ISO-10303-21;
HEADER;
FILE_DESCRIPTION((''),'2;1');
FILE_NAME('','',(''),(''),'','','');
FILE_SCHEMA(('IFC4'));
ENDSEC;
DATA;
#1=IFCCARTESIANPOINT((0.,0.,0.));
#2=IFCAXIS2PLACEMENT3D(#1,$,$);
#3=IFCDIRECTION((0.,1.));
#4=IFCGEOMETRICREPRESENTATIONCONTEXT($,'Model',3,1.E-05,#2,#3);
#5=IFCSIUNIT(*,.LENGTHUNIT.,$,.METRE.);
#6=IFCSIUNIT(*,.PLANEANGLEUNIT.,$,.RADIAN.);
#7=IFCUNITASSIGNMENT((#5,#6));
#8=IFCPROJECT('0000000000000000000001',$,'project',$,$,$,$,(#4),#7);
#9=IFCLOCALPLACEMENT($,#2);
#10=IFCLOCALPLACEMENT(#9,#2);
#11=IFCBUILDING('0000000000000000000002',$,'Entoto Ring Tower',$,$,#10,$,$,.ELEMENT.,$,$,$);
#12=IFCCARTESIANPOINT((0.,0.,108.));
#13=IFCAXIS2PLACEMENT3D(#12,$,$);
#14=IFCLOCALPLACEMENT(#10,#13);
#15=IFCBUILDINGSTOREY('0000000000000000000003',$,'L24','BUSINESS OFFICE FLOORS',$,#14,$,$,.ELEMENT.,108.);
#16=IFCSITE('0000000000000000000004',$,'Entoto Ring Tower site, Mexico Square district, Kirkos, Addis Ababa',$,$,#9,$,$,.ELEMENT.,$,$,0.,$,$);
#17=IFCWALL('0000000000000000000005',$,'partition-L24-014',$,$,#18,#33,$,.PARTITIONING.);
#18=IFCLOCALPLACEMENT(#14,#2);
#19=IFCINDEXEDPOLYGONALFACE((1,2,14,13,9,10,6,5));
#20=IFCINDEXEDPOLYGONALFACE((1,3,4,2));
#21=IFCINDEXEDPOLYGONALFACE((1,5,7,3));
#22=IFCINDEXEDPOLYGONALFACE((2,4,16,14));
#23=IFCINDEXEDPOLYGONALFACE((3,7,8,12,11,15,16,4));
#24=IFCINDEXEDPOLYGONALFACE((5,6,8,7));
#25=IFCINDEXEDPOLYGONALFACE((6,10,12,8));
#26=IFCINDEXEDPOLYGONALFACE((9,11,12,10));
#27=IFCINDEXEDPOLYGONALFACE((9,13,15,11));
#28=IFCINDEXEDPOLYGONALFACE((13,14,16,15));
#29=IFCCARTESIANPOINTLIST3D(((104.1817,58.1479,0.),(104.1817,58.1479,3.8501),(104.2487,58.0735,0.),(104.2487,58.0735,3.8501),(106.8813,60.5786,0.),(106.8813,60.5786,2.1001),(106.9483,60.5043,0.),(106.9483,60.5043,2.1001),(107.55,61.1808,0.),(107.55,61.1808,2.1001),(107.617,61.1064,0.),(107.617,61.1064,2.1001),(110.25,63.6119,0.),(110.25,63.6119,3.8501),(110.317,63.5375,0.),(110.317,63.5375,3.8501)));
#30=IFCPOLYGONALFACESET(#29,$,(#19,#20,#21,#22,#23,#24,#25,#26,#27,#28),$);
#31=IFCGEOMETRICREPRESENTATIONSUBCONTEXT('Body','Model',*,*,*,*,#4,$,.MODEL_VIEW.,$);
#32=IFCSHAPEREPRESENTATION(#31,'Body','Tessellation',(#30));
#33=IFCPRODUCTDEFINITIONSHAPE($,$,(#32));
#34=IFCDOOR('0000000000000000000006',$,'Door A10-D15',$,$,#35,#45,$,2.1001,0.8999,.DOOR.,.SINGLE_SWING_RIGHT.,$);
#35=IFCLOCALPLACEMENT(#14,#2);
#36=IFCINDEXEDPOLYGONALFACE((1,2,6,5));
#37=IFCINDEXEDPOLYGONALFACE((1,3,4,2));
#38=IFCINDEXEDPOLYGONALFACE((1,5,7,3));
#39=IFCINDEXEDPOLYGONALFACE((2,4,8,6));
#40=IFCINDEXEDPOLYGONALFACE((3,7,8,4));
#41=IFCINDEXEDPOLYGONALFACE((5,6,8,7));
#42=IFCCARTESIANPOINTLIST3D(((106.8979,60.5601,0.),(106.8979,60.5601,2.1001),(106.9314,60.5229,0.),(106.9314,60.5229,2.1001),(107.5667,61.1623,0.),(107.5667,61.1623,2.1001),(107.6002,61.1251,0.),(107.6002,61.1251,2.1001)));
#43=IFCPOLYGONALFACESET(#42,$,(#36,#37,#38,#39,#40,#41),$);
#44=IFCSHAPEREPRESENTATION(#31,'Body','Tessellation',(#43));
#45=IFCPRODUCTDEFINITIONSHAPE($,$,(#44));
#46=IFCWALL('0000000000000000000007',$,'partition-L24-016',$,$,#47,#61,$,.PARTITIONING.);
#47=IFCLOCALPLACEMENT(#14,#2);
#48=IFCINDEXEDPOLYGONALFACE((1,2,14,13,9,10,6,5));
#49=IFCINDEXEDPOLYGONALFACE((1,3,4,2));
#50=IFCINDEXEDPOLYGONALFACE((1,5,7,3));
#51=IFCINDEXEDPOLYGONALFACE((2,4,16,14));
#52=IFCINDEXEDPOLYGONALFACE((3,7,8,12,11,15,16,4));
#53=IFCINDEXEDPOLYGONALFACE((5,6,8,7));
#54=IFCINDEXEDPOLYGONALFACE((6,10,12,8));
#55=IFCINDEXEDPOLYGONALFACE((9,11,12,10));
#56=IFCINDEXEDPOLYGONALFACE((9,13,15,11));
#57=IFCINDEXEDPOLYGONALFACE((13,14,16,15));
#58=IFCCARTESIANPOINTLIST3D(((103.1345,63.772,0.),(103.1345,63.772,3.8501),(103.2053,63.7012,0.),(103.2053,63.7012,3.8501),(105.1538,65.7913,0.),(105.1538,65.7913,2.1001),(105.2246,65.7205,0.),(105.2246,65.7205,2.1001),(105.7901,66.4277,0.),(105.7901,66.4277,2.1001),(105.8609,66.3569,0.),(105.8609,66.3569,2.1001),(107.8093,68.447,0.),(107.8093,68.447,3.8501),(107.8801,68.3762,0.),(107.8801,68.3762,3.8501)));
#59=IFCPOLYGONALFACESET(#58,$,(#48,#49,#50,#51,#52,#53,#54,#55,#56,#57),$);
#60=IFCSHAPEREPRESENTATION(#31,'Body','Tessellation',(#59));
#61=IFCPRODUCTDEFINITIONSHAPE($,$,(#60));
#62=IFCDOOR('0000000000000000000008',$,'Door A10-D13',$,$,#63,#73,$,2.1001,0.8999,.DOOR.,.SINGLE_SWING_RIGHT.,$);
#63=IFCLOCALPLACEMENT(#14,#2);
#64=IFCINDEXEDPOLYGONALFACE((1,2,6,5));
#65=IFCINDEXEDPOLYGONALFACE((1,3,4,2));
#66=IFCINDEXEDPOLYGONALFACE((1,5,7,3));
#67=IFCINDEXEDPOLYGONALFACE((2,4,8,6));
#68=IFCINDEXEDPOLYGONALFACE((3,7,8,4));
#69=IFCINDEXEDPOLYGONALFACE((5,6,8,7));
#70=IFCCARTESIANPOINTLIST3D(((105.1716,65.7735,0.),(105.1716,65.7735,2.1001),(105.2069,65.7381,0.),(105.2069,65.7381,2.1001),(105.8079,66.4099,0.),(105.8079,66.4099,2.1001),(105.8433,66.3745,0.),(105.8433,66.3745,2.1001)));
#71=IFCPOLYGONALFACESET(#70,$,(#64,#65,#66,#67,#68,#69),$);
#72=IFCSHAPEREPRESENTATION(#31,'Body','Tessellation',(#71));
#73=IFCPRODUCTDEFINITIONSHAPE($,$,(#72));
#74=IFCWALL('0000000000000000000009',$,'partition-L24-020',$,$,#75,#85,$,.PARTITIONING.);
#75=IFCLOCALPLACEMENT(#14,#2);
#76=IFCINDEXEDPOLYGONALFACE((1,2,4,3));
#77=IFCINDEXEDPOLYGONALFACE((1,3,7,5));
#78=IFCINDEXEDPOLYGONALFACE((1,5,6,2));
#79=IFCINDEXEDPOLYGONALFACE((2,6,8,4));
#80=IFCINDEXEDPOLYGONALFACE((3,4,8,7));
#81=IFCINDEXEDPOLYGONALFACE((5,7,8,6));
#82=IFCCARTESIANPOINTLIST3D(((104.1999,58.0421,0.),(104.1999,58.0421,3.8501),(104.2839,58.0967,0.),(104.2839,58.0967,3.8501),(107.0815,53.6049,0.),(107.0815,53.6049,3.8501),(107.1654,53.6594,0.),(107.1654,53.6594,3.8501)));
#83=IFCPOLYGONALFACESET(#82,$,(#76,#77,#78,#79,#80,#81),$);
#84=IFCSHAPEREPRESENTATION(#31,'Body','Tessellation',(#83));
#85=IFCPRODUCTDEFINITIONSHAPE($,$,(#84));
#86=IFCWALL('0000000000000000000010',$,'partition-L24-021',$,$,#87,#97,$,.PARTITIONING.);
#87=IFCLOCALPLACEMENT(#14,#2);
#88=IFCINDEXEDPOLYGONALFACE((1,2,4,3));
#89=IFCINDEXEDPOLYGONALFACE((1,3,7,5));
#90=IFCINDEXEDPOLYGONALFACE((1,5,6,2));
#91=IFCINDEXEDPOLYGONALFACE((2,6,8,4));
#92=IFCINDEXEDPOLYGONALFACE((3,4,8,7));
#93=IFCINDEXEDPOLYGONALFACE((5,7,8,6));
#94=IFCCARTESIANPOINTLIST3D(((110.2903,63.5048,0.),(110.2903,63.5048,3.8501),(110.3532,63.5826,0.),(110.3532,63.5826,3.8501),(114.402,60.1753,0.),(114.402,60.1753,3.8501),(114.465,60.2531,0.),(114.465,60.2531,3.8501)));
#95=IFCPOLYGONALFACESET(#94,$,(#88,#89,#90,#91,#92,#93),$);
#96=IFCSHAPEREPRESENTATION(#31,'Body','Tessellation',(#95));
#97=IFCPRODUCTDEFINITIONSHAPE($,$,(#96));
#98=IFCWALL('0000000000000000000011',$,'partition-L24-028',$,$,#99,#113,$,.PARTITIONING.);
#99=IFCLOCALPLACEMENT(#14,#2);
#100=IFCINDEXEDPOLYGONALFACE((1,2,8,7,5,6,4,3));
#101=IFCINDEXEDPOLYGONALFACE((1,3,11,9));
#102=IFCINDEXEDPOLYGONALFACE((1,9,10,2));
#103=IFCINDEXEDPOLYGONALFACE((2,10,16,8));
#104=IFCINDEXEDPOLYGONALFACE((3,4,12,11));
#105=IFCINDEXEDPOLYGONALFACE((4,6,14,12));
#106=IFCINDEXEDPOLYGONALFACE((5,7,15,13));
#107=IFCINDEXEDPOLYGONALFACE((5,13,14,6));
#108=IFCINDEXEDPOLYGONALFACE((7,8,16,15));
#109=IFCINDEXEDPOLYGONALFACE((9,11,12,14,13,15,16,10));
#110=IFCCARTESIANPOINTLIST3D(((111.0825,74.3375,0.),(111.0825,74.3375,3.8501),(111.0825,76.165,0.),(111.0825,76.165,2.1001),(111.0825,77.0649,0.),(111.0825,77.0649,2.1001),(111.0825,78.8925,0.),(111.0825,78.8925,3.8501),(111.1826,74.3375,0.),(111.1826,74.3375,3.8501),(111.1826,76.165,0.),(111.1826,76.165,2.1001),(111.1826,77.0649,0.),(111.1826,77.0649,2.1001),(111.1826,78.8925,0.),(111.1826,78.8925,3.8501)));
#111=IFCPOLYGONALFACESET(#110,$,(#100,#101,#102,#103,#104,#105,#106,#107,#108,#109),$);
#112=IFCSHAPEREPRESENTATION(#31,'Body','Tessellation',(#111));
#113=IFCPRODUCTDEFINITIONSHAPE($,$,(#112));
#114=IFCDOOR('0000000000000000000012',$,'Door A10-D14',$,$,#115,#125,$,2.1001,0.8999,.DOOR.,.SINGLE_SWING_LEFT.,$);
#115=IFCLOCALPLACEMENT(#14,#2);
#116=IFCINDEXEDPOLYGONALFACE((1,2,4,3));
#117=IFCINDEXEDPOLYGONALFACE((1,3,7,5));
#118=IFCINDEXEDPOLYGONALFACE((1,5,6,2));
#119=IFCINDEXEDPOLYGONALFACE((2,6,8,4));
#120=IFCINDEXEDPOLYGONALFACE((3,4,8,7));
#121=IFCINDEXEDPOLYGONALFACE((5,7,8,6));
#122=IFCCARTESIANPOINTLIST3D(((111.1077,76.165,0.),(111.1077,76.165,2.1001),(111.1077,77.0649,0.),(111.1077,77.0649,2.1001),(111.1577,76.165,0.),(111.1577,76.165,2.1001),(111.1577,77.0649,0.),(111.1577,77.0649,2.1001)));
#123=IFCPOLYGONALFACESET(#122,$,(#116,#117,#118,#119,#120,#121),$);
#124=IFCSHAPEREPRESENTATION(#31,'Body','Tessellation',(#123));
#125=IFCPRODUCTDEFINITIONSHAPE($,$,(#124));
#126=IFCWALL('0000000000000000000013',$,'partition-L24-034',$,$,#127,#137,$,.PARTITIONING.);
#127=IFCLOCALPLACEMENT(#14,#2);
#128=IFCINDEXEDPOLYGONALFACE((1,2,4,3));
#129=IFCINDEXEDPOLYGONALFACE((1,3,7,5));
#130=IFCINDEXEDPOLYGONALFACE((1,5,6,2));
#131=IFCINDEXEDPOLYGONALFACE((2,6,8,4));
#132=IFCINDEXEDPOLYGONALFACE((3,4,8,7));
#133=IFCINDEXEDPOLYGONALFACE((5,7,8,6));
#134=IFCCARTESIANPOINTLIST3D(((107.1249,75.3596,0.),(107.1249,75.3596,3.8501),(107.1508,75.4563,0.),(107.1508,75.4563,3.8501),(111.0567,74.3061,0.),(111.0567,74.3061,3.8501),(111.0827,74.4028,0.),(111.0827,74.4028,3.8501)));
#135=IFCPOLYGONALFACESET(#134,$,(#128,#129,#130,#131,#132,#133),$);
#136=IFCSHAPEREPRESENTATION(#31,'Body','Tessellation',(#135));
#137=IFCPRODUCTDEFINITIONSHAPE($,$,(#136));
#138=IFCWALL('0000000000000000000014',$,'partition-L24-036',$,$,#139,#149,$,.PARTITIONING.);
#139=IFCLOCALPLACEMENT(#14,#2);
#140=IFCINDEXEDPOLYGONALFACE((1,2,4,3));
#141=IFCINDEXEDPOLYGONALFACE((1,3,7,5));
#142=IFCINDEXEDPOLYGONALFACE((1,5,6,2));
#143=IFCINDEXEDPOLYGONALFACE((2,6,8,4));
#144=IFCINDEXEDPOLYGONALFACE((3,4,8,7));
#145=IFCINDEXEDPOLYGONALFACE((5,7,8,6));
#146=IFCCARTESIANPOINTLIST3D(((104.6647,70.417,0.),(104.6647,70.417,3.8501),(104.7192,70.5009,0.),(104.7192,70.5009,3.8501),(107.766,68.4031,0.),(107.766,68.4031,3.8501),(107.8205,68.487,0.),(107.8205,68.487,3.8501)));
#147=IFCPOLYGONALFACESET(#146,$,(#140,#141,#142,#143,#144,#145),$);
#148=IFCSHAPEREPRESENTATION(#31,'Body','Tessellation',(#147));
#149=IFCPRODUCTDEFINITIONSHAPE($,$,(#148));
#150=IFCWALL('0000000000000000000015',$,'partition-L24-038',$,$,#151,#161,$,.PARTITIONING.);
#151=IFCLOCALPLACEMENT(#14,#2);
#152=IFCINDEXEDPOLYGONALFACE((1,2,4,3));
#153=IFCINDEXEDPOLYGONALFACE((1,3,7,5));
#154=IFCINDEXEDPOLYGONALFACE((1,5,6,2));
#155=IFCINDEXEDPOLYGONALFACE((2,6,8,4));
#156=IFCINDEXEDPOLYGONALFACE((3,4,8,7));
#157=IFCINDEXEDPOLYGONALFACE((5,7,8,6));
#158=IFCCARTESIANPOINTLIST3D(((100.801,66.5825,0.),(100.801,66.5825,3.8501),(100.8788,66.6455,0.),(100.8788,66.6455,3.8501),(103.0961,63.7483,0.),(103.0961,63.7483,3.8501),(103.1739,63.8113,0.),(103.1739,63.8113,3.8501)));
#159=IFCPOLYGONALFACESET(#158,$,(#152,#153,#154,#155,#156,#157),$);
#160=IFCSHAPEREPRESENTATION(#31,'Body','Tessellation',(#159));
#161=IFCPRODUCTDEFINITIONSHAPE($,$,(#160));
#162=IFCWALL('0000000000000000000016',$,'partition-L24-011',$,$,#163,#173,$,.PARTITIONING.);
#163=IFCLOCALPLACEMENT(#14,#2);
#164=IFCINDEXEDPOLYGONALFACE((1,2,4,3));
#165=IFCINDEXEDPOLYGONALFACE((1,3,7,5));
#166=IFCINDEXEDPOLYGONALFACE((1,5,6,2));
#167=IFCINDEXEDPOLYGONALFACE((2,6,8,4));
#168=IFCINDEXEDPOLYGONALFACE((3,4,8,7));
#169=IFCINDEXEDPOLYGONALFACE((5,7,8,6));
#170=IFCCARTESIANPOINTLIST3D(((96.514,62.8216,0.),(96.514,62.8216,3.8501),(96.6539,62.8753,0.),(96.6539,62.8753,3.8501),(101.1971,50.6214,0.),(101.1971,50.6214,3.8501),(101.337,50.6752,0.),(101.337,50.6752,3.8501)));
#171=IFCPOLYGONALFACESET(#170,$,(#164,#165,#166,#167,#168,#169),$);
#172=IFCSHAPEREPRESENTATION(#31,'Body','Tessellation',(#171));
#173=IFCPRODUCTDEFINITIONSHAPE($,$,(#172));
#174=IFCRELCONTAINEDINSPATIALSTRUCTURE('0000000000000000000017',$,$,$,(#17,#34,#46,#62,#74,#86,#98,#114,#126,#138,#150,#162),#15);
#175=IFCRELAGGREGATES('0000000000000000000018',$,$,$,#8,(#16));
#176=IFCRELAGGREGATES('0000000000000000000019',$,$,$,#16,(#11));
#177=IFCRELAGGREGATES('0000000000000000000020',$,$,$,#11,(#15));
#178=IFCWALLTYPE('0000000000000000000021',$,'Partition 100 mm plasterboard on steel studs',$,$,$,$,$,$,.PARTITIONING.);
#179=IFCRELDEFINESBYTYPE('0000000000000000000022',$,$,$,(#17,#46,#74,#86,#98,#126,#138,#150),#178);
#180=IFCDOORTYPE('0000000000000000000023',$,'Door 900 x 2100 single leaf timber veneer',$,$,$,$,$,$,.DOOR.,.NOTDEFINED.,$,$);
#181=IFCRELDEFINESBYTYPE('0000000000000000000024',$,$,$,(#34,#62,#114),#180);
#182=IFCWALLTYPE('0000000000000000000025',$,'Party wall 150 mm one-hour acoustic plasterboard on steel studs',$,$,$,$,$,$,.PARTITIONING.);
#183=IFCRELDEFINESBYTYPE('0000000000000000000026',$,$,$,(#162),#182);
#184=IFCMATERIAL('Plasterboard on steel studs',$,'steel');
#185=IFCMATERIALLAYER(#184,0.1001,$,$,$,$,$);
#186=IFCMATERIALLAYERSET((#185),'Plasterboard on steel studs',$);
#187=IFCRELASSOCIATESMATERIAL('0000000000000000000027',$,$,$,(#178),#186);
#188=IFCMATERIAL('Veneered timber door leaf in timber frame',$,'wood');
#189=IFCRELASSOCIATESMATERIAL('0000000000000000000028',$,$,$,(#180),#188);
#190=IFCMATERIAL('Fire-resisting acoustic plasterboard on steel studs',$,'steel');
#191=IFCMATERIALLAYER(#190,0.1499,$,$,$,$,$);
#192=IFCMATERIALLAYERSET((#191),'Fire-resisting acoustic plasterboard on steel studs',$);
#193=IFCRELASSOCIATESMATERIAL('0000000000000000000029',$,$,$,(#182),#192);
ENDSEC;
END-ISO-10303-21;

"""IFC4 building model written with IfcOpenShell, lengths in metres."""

from ifc_helpers import new_model, si_unit, direction, frame, frame_2d, origin, place, context, subcontext, project, spatial, rectangle, extrude, material, layer, layer_set, type_object, element, fill, save


model = new_model("IFC4")

# Units and contexts
model_context = context("Model", 3, precision=1e-05, world=origin(), true_north=direction((0.0, 1.0)))
body_context = subcontext(model_context, "Body", "Model", "MODEL_VIEW")
ifc_project = project(units=[si_unit("LENGTHUNIT", "METRE"), si_unit("PLANEANGLEUNIT", "RADIAN")], contexts=[model_context])

# Site, building, storey
site_placement = place(None, origin())
site = spatial("IfcSite", under=ifc_project, at=site_placement, Name="Entoto Ring Tower site, Mexico Square district, Kirkos, Addis Ababa", CompositionType="ELEMENT", RefElevation=0.0)
building_placement = place(site_placement, origin())
building = spatial("IfcBuilding", under=site, at=building_placement, Name="Entoto Ring Tower", CompositionType="ELEMENT")
storey_placement = place(building_placement, frame((0.0, 0.0, 108.0)))
storey = spatial("IfcBuildingStorey", under=building, at=storey_placement, Name="L24", Description="BUSINESS OFFICE FLOORS", CompositionType="ELEMENT", Elevation=108.0)

# Walls, openings, doors
ifc_material_1 = material(Name="Plasterboard on steel studs", Category="steel")
ifc_layer_1 = layer(ifc_material_1, 0.1001)
ifc_layer_set_1 = layer_set([ifc_layer_1], Name="Plasterboard on steel studs")
wall_type_1 = type_object("IfcWallType", Name="Partition 100 mm plasterboard on steel studs", PredefinedType="PARTITIONING", material=ifc_layer_set_1)
wall_1_placement = place(storey_placement, frame((104.2151, 58.1106, 0.0), z_axis=(0.0, 0.0, 1.0), x_axis=(0.743137, 0.66914, 0.0)))
wall_1 = element("IfcWall", 1, at=wall_1_placement, inside=storey, type_object=wall_type_1, Name="partition-L24-014", PredefinedType="PARTITIONING", context=body_context, shape_type="SweptSolid", body=[
    extrude(rectangle(XDim=8.1658, YDim=0.1001, at=frame_2d((4.083, 0.0))), origin(), (0.0, 0.0, 1.0), 3.8501),
])
opening_1_placement = place(wall_1_placement, frame((3.6328, 0.0, 0.0)))
opening_1 = element("IfcOpeningElement", 2, at=opening_1_placement, cuts=wall_1, PredefinedType="OPENING", context=body_context, shape_type="SweptSolid", body=[
    extrude(rectangle(XDim=0.8999, YDim=2.1001, at=frame_2d((0.45, 1.05))), frame((0.0, 0.0601, 0.0), z_axis=(0.0, -1.0, 0.0), x_axis=(1.0, 0.0, 0.0)), (0.0, 0.0, 1.0), 0.1201),
])
ifc_material_2 = material(Name="Veneered timber door leaf in timber frame", Category="wood")
door_type_1 = type_object("IfcDoorType", Name="Door 900 x 2100 single leaf timber veneer", OperationType="NOTDEFINED", PredefinedType="DOOR", material=ifc_material_2)
door_1_placement = place(opening_1_placement, frame((0.8999, 0.0, 0.0), z_axis=(0.0, 0.0, 1.0), x_axis=(-1.0, 0.0, 0.0)))
door_1 = element("IfcDoor", 3, at=door_1_placement, inside=storey, type_object=door_type_1, Name="Door A10-D15", OperationType="SINGLE_SWING_RIGHT", OverallHeight=2.1001, OverallWidth=0.8999, PredefinedType="DOOR", context=body_context, shape_type="SweptSolid", body=[
    extrude(rectangle(XDim=0.8999, YDim=2.1001, at=frame_2d((0.45, 1.05))), frame((0.0, 0.0249, 0.0), z_axis=(0.0, -1.0, 0.0), x_axis=(1.0, 0.0, 0.0)), (0.0, 0.0, 1.0), 0.05),
])
fill(opening_1, door_1)
wall_2_placement = place(storey_placement, frame((103.1699, 63.7366, 0.0), z_axis=(0.0, 0.0, 1.0), x_axis=(0.707088, 0.707125, 0.0)))
wall_2 = element("IfcWall", 4, at=wall_2_placement, inside=storey, type_object=wall_type_1, Name="partition-L24-016", PredefinedType="PARTITIONING", context=body_context, shape_type="SweptSolid", body=[
    extrude(rectangle(XDim=6.6113, YDim=0.1001, at=frame_2d((3.3057, 0.0))), origin(), (0.0, 0.0, 1.0), 3.8501),
])
opening_2_placement = place(wall_2_placement, frame((2.8557, 0.0, 0.0)))
opening_2 = element("IfcOpeningElement", 5, at=opening_2_placement, cuts=wall_2, PredefinedType="OPENING", context=body_context, shape_type="SweptSolid", body=[
    extrude(rectangle(XDim=0.8999, YDim=2.1001, at=frame_2d((0.45, 1.05))), frame((0.0, 0.0601, 0.0), z_axis=(0.0, -1.0, 0.0), x_axis=(1.0, 0.0, 0.0)), (0.0, 0.0, 1.0), 0.1201),
])
door_2_placement = place(opening_2_placement, origin())
door_2 = element("IfcDoor", 6, at=door_2_placement, inside=storey, type_object=door_type_1, Name="Door A10-D13", OperationType="SINGLE_SWING_RIGHT", OverallHeight=2.1001, OverallWidth=0.8999, PredefinedType="DOOR", context=body_context, shape_type="SweptSolid", body=[
    extrude(rectangle(XDim=0.8999, YDim=2.1001, at=frame_2d((0.45, 1.05))), frame((0.0, 0.0249, 0.0), z_axis=(0.0, -1.0, 0.0), x_axis=(1.0, 0.0, 0.0)), (0.0, 0.0, 1.0), 0.05),
])
fill(opening_2, door_2)

# Walls
for number, where, z_axis, x_axis, name in (
    (7, (107.1235, 53.6321, 0.0), (0.0, 0.0, 1.0), (-0.54464, 0.83867, 0.0), "partition-L24-020"),
    (8, (114.4336, 60.2141, 0.0), (0.0, 0.0, 1.0), (-0.777155, 0.62931, 0.0), "partition-L24-021"),
):
    element("IfcWall", number, at=place(storey_placement, frame(where, z_axis=z_axis, x_axis=x_axis)), inside=storey, type_object=wall_type_1, Name=name, PredefinedType="PARTITIONING", context=body_context, shape_type="SweptSolid", body=[
        extrude(rectangle(XDim=5.2908, YDim=0.1001, at=frame_2d((2.6455, 0.0))), origin(), (0.0, 0.0, 1.0), 3.8501),
    ])

# Wall, opening, door
wall_3_placement = place(storey_placement, frame((111.1326, 74.3376, 0.0), z_axis=(0.0, 0.0, 1.0), x_axis=(0.0, 1.0, 0.0)))
wall_3 = element("IfcWall", 9, at=wall_3_placement, inside=storey, type_object=wall_type_1, Name="partition-L24-028", PredefinedType="PARTITIONING", context=body_context, shape_type="SweptSolid", body=[
    extrude(rectangle(XDim=4.5549, YDim=0.1001, at=frame_2d((2.2773, 0.0))), origin(), (0.0, 0.0, 1.0), 3.8501),
])
opening_3_placement = place(wall_3_placement, frame((1.8274, 0.0, 0.0)))
opening_3 = element("IfcOpeningElement", 10, at=opening_3_placement, cuts=wall_3, PredefinedType="OPENING", context=body_context, shape_type="SweptSolid", body=[
    extrude(rectangle(XDim=0.8999, YDim=2.1001, at=frame_2d((0.45, 1.05))), frame((0.0, 0.0601, 0.0), z_axis=(0.0, -1.0, 0.0), x_axis=(1.0, 0.0, 0.0)), (0.0, 0.0, 1.0), 0.1201),
])
door_3_placement = place(opening_3_placement, origin())
door_3 = element("IfcDoor", 11, at=door_3_placement, inside=storey, type_object=door_type_1, Name="Door A10-D14", OperationType="SINGLE_SWING_LEFT", OverallHeight=2.1001, OverallWidth=0.8999, PredefinedType="DOOR", context=body_context, shape_type="SweptSolid", body=[
    extrude(rectangle(XDim=0.8999, YDim=2.1001, at=frame_2d((0.45, 1.05))), frame((0.0, 0.0249, 0.0), z_axis=(0.0, -1.0, 0.0), x_axis=(1.0, 0.0, 0.0)), (0.0, 0.0, 1.0), 0.05),
])
fill(opening_3, door_3)

# Walls
wall_4_placement = place(storey_placement, frame((111.0696, 74.3545, 0.0), z_axis=(0.0, 0.0, 1.0), x_axis=(-0.965931, 0.258801, 0.0)))
element("IfcWall", 12, at=wall_4_placement, inside=storey, type_object=wall_type_1, Name="partition-L24-034", PredefinedType="PARTITIONING", context=body_context, shape_type="SweptSolid", body=[
    extrude(rectangle(XDim=4.0706, YDim=0.1001, at=frame_2d((2.0352, 0.0))), origin(), (0.0, 0.0, 1.0), 3.8501),
])
wall_5_placement = place(storey_placement, frame((107.7932, 68.4451, 0.0), z_axis=(0.0, 0.0, 1.0), x_axis=(-0.838683, 0.544619, 0.0)))
element("IfcWall", 13, at=wall_5_placement, inside=storey, type_object=wall_type_1, Name="partition-L24-036", PredefinedType="PARTITIONING", context=body_context, shape_type="SweptSolid", body=[
    extrude(rectangle(XDim=3.6978, YDim=0.1001, at=frame_2d((1.8489, 0.0))), origin(), (0.0, 0.0, 1.0), 3.8501),
])
wall_6_placement = place(storey_placement, frame((103.135, 63.7798, 0.0), z_axis=(0.0, 0.0, 1.0), x_axis=(-0.629329, 0.777139, 0.0)))
element("IfcWall", 14, at=wall_6_placement, inside=storey, type_object=wall_type_1, Name="partition-L24-038", PredefinedType="PARTITIONING", context=body_context, shape_type="SweptSolid", body=[
    extrude(rectangle(XDim=3.647, YDim=0.1001, at=frame_2d((1.8235, 0.0))), origin(), (0.0, 0.0, 1.0), 3.8501),
])
ifc_material_3 = material(Name="Fire-resisting acoustic plasterboard on steel studs", Category="steel")
ifc_layer_2 = layer(ifc_material_3, 0.1499)
ifc_layer_set_2 = layer_set([ifc_layer_2], Name="Fire-resisting acoustic plasterboard on steel studs")
wall_type_2 = type_object("IfcWallType", Name="Party wall 150 mm one-hour acoustic plasterboard on steel studs", PredefinedType="PARTITIONING", material=ifc_layer_set_2)
wall_7_placement = place(storey_placement, frame((101.2671, 50.6482, 0.0), z_axis=(0.0, 0.0, 1.0), x_axis=(-0.358361, 0.933583, 0.0)))
element("IfcWall", 15, at=wall_7_placement, inside=storey, type_object=wall_type_2, Name="partition-L24-011", PredefinedType="PARTITIONING", context=body_context, shape_type="SweptSolid", body=[
    extrude(rectangle(XDim=13.0681, YDim=0.1499, at=frame_2d((6.5342, 0.0))), origin(), (0.0, 0.0, 1.0), 3.8501),
])

save(model, "model.ifc")
